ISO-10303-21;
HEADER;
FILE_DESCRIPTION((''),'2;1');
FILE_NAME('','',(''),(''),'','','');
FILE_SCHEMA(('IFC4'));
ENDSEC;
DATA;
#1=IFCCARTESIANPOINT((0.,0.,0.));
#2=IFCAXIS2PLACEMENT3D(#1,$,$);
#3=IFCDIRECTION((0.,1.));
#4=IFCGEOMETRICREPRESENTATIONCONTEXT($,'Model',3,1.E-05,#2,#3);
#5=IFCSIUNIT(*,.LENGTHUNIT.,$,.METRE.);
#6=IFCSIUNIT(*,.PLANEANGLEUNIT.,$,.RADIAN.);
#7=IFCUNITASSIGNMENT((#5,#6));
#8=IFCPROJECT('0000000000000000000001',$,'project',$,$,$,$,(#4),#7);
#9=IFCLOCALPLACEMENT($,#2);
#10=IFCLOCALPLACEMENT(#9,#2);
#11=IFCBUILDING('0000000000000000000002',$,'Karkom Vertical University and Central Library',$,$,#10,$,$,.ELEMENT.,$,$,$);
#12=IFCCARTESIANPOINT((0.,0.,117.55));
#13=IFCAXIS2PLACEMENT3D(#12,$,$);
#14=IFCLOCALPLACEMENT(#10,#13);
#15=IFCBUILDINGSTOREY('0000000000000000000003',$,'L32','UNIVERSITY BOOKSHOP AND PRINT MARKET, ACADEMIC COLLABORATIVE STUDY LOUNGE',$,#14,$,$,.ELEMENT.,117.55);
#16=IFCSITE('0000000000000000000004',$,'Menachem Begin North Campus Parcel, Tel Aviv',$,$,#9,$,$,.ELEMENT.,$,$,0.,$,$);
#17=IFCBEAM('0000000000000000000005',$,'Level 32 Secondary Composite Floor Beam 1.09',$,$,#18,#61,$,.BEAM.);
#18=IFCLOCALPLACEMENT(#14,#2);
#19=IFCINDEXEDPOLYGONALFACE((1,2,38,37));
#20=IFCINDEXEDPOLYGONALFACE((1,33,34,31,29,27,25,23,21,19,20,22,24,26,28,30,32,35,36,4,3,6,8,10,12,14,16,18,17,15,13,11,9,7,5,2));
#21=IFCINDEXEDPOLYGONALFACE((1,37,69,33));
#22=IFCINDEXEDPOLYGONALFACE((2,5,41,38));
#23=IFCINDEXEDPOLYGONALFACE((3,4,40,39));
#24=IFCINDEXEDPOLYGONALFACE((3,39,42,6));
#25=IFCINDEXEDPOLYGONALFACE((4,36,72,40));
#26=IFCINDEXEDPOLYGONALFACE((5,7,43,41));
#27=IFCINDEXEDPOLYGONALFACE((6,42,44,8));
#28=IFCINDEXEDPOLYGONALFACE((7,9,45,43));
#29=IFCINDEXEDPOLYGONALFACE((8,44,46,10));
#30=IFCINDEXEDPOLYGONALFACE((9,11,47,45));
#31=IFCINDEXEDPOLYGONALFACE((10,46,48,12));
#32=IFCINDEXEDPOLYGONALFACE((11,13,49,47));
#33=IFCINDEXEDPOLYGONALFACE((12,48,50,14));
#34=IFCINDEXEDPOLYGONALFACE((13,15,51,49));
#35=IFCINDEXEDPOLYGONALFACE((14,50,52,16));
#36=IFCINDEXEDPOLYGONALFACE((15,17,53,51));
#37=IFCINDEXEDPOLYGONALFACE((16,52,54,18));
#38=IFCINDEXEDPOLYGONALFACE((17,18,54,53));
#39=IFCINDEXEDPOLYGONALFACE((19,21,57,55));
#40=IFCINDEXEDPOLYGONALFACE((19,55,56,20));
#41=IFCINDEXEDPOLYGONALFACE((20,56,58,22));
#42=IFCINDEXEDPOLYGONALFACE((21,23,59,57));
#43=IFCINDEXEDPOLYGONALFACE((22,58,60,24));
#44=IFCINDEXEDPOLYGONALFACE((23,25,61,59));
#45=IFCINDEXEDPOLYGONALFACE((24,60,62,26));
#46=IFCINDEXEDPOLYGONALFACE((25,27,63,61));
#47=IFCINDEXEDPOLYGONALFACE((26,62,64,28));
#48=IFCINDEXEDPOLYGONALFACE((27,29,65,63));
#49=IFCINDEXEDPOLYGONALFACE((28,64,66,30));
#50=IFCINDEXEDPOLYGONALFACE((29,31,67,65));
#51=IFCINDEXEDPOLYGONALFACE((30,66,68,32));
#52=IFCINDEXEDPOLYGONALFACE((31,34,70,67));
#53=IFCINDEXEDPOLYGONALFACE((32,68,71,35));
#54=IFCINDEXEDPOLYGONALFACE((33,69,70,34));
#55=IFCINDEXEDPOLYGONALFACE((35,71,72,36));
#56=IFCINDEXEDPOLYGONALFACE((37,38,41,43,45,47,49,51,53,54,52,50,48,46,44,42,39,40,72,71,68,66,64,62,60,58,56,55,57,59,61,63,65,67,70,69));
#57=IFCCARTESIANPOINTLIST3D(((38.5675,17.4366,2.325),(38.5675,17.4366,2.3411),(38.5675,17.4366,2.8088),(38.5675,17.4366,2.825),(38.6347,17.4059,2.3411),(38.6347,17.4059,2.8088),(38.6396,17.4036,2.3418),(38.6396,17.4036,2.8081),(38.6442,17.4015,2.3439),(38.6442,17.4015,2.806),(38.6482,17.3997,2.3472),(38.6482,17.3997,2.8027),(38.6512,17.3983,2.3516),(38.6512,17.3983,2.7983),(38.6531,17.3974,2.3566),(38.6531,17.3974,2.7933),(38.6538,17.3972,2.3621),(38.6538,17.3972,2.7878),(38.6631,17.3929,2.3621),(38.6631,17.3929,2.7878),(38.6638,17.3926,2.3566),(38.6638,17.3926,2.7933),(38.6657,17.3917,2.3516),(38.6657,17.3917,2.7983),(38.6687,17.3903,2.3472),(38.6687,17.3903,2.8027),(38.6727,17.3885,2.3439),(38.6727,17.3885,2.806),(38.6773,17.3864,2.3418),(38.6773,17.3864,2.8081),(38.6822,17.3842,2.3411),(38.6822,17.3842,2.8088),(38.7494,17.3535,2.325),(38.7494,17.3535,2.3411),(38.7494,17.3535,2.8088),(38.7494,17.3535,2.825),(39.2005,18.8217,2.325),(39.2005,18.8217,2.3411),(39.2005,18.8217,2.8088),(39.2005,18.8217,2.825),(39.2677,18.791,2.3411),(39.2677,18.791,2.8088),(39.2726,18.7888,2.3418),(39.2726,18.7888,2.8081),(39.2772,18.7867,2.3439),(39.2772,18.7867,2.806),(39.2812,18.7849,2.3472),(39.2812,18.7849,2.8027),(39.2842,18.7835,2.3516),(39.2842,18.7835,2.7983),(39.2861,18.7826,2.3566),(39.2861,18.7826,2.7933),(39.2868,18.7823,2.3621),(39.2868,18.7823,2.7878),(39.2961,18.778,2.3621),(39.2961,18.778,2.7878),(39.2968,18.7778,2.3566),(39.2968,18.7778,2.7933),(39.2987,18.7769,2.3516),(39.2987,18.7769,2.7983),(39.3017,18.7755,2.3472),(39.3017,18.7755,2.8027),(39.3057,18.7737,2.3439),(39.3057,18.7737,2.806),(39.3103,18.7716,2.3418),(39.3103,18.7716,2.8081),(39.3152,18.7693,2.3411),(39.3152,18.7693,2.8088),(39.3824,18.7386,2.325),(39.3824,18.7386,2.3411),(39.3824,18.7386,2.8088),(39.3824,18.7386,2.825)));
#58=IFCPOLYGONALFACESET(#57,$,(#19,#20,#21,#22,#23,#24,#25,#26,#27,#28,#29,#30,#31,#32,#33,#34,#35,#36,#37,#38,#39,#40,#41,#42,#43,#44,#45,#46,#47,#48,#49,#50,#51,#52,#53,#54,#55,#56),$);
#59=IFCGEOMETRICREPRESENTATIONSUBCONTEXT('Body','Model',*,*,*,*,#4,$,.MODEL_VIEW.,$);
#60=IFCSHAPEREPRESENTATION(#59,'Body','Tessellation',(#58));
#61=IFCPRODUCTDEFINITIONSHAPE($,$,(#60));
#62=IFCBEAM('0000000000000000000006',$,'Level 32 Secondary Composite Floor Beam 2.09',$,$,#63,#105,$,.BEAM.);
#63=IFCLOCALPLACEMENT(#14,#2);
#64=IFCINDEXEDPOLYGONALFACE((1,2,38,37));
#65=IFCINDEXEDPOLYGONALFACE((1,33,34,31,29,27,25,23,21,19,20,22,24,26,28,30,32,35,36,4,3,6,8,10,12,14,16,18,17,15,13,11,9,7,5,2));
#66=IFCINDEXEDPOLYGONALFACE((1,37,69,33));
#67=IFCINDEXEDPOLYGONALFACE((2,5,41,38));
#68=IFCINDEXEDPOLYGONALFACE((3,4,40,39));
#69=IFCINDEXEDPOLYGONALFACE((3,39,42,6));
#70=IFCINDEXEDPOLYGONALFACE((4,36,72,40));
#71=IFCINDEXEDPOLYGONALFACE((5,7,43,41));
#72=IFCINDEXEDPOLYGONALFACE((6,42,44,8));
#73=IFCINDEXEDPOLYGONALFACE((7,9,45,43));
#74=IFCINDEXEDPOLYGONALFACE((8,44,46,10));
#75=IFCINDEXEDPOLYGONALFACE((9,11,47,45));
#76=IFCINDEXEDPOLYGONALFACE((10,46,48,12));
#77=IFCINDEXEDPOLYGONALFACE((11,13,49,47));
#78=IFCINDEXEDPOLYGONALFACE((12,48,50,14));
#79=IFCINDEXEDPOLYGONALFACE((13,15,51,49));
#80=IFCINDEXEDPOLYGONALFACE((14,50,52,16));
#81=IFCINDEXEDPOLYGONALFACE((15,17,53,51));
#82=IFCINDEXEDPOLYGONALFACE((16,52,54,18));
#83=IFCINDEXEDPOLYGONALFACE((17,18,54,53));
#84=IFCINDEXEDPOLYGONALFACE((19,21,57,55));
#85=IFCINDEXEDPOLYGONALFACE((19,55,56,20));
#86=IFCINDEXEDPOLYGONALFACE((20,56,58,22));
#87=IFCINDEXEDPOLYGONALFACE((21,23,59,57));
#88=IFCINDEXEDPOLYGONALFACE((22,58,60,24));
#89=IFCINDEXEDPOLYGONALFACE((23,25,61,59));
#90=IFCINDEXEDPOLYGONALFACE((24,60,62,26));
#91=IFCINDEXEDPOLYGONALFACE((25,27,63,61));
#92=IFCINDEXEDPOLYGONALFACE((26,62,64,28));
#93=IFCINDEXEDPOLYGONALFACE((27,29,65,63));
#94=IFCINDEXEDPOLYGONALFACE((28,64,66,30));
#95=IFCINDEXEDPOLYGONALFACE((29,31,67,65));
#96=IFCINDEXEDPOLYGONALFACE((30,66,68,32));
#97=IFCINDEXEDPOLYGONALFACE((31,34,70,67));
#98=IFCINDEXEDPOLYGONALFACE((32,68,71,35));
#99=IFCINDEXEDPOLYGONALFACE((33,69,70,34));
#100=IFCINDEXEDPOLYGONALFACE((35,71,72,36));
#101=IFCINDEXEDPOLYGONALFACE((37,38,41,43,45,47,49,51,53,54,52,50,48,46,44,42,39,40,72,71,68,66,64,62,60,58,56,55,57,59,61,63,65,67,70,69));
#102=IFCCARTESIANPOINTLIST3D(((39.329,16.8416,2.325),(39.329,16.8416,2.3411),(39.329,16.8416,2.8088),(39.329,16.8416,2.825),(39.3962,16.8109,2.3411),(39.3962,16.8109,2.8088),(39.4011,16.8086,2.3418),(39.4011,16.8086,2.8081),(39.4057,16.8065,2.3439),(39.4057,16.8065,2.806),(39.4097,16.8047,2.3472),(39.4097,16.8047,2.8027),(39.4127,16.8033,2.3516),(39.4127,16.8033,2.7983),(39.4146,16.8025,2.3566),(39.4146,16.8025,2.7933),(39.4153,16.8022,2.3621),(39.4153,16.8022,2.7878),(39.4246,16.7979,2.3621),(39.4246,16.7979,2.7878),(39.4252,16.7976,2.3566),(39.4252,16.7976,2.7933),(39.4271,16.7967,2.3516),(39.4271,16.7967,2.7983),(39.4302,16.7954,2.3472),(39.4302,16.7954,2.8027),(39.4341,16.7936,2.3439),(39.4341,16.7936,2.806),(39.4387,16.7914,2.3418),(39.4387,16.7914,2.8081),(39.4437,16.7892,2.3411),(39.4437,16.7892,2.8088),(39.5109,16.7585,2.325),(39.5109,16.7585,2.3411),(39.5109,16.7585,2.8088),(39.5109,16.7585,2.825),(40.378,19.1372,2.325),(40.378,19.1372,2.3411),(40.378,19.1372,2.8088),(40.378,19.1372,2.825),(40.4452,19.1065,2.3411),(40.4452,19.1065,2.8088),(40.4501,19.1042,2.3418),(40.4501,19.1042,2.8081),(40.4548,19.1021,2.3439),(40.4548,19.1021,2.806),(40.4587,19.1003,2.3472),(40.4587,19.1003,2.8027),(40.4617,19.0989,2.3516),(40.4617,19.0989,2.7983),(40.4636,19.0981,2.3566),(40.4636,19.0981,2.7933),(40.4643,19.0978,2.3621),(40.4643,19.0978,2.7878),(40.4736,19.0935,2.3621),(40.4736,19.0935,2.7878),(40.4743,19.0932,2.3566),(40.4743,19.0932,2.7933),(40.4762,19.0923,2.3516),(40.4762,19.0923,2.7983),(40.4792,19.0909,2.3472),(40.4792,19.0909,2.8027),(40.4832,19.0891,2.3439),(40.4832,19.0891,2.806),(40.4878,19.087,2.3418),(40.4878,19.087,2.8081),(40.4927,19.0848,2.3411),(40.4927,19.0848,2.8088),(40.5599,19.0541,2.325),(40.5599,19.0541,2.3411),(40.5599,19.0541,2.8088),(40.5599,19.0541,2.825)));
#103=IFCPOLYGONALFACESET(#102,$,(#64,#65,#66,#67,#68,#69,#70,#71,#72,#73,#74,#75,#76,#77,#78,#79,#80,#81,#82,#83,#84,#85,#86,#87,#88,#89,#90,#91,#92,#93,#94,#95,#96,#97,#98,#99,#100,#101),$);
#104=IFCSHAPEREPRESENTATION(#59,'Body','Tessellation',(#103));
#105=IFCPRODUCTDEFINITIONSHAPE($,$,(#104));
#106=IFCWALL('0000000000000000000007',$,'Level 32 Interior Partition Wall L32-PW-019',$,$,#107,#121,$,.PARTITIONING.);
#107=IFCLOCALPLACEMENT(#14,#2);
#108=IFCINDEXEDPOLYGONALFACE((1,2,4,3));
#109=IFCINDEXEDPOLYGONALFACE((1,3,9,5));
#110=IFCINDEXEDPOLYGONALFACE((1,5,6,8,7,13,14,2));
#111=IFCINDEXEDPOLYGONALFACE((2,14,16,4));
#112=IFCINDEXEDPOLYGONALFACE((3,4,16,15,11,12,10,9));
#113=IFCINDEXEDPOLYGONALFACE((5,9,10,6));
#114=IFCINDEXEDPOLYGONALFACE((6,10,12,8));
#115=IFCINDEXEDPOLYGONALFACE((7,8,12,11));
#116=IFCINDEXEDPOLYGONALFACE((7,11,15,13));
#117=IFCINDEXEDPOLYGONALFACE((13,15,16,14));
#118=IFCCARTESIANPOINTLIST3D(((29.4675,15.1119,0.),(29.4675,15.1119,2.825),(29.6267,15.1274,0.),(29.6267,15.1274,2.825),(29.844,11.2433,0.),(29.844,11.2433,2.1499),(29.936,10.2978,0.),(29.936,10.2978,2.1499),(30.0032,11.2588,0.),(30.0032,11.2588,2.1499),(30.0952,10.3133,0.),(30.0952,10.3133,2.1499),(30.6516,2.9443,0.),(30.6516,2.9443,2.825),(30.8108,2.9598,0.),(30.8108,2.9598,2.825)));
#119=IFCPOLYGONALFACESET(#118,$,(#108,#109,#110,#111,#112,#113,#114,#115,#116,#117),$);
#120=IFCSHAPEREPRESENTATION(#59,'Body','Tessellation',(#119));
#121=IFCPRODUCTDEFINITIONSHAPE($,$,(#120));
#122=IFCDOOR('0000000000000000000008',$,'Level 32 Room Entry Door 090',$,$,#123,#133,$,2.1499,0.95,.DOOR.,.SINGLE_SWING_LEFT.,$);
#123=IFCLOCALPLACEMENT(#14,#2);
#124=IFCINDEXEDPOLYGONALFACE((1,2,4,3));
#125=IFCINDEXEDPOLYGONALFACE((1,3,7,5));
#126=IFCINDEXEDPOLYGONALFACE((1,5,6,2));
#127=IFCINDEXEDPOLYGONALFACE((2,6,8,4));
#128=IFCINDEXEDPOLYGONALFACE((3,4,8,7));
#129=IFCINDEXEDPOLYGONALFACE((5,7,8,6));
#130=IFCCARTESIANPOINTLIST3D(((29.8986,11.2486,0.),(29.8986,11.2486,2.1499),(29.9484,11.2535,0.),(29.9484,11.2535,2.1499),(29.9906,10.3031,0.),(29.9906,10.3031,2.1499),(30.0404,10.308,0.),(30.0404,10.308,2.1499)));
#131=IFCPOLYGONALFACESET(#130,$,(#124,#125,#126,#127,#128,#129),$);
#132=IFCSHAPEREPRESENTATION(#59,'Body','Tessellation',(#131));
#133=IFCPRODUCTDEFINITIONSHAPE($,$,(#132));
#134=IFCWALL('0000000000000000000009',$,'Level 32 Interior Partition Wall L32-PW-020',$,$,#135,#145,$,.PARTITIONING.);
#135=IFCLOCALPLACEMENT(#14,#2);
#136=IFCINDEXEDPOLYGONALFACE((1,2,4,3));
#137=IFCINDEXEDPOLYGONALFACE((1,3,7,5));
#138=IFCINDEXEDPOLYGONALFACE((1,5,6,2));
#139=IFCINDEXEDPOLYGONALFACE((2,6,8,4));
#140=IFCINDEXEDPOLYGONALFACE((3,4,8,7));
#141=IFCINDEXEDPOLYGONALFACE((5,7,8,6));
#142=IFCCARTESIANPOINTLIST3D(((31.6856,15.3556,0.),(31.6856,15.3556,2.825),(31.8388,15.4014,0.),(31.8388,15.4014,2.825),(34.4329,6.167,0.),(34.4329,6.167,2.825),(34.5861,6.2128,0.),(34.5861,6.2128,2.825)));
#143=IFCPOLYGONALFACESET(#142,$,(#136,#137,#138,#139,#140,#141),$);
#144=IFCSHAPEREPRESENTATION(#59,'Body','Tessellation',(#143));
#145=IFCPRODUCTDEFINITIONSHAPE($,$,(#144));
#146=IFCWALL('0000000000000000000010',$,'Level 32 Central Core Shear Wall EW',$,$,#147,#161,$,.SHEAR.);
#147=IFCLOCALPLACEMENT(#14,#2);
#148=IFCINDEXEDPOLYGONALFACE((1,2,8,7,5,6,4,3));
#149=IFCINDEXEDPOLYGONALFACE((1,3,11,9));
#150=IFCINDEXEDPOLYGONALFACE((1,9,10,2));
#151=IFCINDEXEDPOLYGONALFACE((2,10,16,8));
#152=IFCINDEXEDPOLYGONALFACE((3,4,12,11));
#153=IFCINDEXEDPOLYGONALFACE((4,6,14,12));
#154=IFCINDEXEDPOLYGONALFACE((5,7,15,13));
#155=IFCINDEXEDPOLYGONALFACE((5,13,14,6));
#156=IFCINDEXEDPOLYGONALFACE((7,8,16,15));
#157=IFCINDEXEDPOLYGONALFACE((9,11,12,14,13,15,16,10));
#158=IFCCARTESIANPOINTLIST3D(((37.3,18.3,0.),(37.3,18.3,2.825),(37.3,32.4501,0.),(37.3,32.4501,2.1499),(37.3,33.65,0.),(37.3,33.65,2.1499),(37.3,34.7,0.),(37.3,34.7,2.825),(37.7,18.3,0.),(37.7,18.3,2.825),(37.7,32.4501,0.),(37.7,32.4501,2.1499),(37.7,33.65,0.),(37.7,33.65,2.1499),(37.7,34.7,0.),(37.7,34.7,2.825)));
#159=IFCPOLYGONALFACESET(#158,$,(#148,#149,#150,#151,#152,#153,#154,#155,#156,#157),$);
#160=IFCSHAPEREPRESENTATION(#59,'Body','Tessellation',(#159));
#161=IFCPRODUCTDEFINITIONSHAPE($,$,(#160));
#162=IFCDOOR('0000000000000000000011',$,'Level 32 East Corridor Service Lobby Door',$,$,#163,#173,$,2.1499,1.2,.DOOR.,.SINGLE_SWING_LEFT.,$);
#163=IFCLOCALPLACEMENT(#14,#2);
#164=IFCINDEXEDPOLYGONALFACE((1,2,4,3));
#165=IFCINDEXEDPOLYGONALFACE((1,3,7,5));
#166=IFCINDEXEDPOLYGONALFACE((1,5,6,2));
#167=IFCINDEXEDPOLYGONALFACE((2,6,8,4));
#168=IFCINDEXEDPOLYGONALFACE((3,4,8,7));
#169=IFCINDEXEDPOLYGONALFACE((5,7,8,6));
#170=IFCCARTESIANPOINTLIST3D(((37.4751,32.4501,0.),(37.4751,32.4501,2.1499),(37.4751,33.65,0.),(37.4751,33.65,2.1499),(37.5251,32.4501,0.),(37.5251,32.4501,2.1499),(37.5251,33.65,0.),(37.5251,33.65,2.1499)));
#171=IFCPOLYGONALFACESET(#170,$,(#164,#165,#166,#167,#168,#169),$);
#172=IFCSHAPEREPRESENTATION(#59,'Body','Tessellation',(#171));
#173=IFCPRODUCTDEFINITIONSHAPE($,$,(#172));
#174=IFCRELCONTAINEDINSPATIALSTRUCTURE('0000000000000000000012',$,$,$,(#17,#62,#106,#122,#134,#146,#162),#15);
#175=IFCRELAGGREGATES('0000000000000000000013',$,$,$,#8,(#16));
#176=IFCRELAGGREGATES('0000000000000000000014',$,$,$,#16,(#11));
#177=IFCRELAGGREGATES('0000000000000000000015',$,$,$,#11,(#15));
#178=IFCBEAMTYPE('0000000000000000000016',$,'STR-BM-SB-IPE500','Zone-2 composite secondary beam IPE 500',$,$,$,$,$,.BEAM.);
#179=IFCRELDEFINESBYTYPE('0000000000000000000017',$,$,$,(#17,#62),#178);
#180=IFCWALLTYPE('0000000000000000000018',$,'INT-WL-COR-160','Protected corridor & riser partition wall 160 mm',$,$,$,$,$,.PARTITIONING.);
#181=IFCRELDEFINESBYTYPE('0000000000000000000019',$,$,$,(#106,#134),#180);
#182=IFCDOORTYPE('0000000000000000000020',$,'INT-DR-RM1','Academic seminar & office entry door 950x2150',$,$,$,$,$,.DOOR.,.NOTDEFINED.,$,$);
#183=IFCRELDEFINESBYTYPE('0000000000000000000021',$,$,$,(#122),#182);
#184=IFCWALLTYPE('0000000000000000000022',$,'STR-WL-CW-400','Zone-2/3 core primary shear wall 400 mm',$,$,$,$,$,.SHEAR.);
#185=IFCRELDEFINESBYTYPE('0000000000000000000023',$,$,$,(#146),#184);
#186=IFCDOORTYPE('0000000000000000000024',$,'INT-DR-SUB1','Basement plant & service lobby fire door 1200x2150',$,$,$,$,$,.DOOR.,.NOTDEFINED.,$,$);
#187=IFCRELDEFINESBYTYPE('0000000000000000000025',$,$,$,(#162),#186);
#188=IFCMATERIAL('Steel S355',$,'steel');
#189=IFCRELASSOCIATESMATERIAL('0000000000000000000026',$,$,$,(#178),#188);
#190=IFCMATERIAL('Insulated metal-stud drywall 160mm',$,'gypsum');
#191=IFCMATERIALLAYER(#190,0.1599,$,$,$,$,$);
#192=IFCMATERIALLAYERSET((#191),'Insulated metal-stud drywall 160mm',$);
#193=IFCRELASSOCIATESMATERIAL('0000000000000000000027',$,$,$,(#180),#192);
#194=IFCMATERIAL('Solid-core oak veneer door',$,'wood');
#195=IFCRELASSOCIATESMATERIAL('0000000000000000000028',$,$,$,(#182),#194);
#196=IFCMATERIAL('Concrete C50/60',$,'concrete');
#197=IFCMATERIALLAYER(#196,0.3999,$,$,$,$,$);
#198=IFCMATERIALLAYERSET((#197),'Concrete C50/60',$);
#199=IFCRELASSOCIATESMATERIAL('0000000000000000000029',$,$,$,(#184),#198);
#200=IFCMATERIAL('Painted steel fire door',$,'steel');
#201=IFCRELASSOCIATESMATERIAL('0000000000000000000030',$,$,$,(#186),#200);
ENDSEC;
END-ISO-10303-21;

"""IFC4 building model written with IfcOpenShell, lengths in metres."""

from ifc_helpers import new_model, si_unit, direction, frame, frame_2d, origin, origin_with_axes, origin_2d, place, context, subcontext, project, spatial, rectangle, i_section, extrude, source, transform, mapped, material, layer, layer_set, material_profile, profile_set, type_object, element, fill, save


model = new_model("IFC4")

# Units and contexts
model_context = context("Model", 3, precision=1e-05, world=origin(), true_north=direction((0.0, 1.0)))
body_context = subcontext(model_context, "Body", "Model", "MODEL_VIEW")
ifc_project = project(units=[si_unit("LENGTHUNIT", "METRE"), si_unit("PLANEANGLEUNIT", "RADIAN")], contexts=[model_context])

# Site, building, storey
site_placement = place(None, origin())
site = spatial("IfcSite", under=ifc_project, at=site_placement, Name="Menachem Begin North Campus Parcel, Tel Aviv", CompositionType="ELEMENT", RefElevation=0.0)
building_placement = place(site_placement, origin())
building = spatial("IfcBuilding", under=site, at=building_placement, Name="Karkom Vertical University and Central Library", CompositionType="ELEMENT")
storey_placement = place(building_placement, frame((0.0, 0.0, 117.55)))
storey = spatial("IfcBuildingStorey", under=building, at=storey_placement, Name="L32", Description="UNIVERSITY BOOKSHOP AND PRINT MARKET, ACADEMIC COLLABORATIVE STUDY LOUNGE", CompositionType="ELEMENT", Elevation=117.55)

# Shared definitions
ifc_material_1 = material(Name="Concrete C50/60", Category="concrete")

# Beams
ifc_material_2 = material(Name="Steel S355", Category="steel")
ifc_material_profile_1 = material_profile(ifc_material_2, i_section(OverallWidth=0.2, OverallDepth=0.5, WebThickness=0.0103, FlangeThickness=0.0161, FilletRadius=0.021, at=origin_2d()), Name="IPE 500")
ifc_profile_set_1 = profile_set([ifc_material_profile_1], Name="Steel S355")
beam_type_1 = type_object("IfcBeamType", Name="STR-BM-SB-IPE500", Description="Zone-2 composite secondary beam IPE 500", PredefinedType="BEAM", material=ifc_profile_set_1)
shared_shape_1 = source(origin_with_axes(), body_context, "Body", "SweptSolid", [
    extrude(i_section(OverallWidth=0.2, OverallDepth=0.5, WebThickness=0.0103, FlangeThickness=0.0161, FilletRadius=0.021, at=origin_2d()), origin(), (0.0, 0.0, 1.0), 1.5229),
])
beam_1_placement = place(storey_placement, frame((38.6584, 17.395, 2.575), z_axis=(0.41565, 0.909525, 0.0), x_axis=(-0.909525, 0.41565, 0.0)))
element("IfcBeam", 1, at=beam_1_placement, inside=storey, type_object=beam_type_1, Name="Level 32 Secondary Composite Floor Beam 1.09", PredefinedType="BEAM", context=body_context, shape_type="MappedRepresentation", body=[
    mapped(shared_shape_1, transform((0.0, 0.0, 0.0), scale=1.0)),
])
shared_shape_2 = source(origin_with_axes(), body_context, "Body", "SweptSolid", [
    extrude(i_section(OverallWidth=0.2, OverallDepth=0.5, WebThickness=0.0103, FlangeThickness=0.0161, FilletRadius=0.021, at=origin_2d()), origin(), (0.0, 0.0, 1.0), 2.5239),
])
beam_2_placement = place(storey_placement, frame((39.4199, 16.8, 2.575), z_axis=(0.415639, 0.90953, 0.0), x_axis=(-0.90953, 0.415639, 0.0)))
element("IfcBeam", 2, at=beam_2_placement, inside=storey, type_object=beam_type_1, Name="Level 32 Secondary Composite Floor Beam 2.09", PredefinedType="BEAM", context=body_context, shape_type="MappedRepresentation", body=[
    mapped(shared_shape_2, transform((0.0, 0.0, 0.0), scale=1.0)),
])

# Wall, opening, door
ifc_material_3 = material(Name="Insulated metal-stud drywall 160mm", Category="gypsum")
ifc_layer_1 = layer(ifc_material_3, 0.1599)
ifc_layer_set_1 = layer_set([ifc_layer_1], Name="Insulated metal-stud drywall 160mm")
wall_type_1 = type_object("IfcWallType", Name="INT-WL-COR-160", Description="Protected corridor & riser partition wall 160 mm", PredefinedType="PARTITIONING", material=ifc_layer_set_1)
wall_1_placement = place(storey_placement, frame((29.5471, 15.1196, 0.0), z_axis=(0.0, 0.0, 1.0), x_axis=(0.096856, -0.995298, 0.0)))
wall_1 = element("IfcWall", 3, at=wall_1_placement, inside=storey, type_object=wall_type_1, Name="Level 32 Interior Partition Wall L32-PW-019", PredefinedType="PARTITIONING", context=body_context, shape_type="SweptSolid", body=[
    extrude(rectangle(XDim=12.2251, YDim=0.1599, at=frame_2d((6.1125, 0.0))), origin(), (0.0, 0.0, 1.0), 2.825),
])
opening_1_placement = place(wall_1_placement, frame((3.8867, 0.0, 0.0)))
opening_1 = element("IfcOpeningElement", 4, at=opening_1_placement, cuts=wall_1, PredefinedType="OPENING", context=body_context, shape_type="SweptSolid", body=[
    extrude(rectangle(XDim=0.95, YDim=2.1499, at=frame_2d((0.4751, 1.075))), frame((0.0, 0.0898, 0.0), z_axis=(0.0, -1.0, 0.0), x_axis=(1.0, 0.0, 0.0)), (0.0, 0.0, 1.0), 0.1799),
])
ifc_material_4 = material(Name="Solid-core oak veneer door", Category="wood")
door_type_1 = type_object("IfcDoorType", Name="INT-DR-RM1", Description="Academic seminar & office entry door 950x2150", OperationType="NOTDEFINED", PredefinedType="DOOR", material=ifc_material_4)
shared_shape_3 = source(origin_with_axes(), body_context, "Body", "SweptSolid", [
    extrude(rectangle(XDim=0.95, YDim=2.1499, at=frame_2d((0.4751, 1.075))), frame((0.0, 0.0249, 0.0), z_axis=(0.0, -1.0, 0.0), x_axis=(1.0, 0.0, 0.0)), (0.0, 0.0, 1.0), 0.05),
])
door_1_placement = place(opening_1_placement, origin())
door_1 = element("IfcDoor", 5, at=door_1_placement, inside=storey, type_object=door_type_1, Name="Level 32 Room Entry Door 090", OperationType="SINGLE_SWING_LEFT", OverallHeight=2.1499, OverallWidth=0.95, PredefinedType="DOOR", context=body_context, shape_type="MappedRepresentation", body=[
    mapped(shared_shape_3, transform((0.0, 0.0, 0.0), scale=1.0)),
])
fill(opening_1, door_1)

# Wall
wall_2_placement = place(storey_placement, frame((31.7622, 15.3787, 0.0), z_axis=(0.0, 0.0, 1.0), x_axis=(0.286458, -0.958093, 0.0)))
element("IfcWall", 6, at=wall_2_placement, inside=storey, type_object=wall_type_1, Name="Level 32 Interior Partition Wall L32-PW-020", PredefinedType="PARTITIONING", context=body_context, shape_type="SweptSolid", body=[
    extrude(rectangle(XDim=9.5906, YDim=0.1599, at=frame_2d((4.7954, 0.0))), origin(), (0.0, 0.0, 1.0), 2.825),
])

# Wall, opening, door
ifc_layer_2 = layer(ifc_material_1, 0.3999)
ifc_layer_set_2 = layer_set([ifc_layer_2], Name="Concrete C50/60")
wall_type_2 = type_object("IfcWallType", Name="STR-WL-CW-400", Description="Zone-2/3 core primary shear wall 400 mm", PredefinedType="SHEAR", material=ifc_layer_set_2)
wall_3_placement = place(storey_placement, frame((37.5, 18.3, 0.0), z_axis=(0.0, 0.0, 1.0), x_axis=(0.0, 1.0, 0.0)))
wall_3 = element("IfcWall", 7, at=wall_3_placement, inside=storey, type_object=wall_type_2, Name="Level 32 Central Core Shear Wall EW", PredefinedType="SHEAR", context=body_context, shape_type="SweptSolid", body=[
    extrude(rectangle(XDim=16.3999, YDim=0.3999, at=frame_2d((8.2, 0.0))), origin(), (0.0, 0.0, 1.0), 2.825),
])
opening_2_placement = place(wall_3_placement, frame((14.1499, 0.0, 0.0)))
opening_2 = element("IfcOpeningElement", 8, at=opening_2_placement, cuts=wall_3, PredefinedType="OPENING", context=body_context, shape_type="SweptSolid", body=[
    extrude(rectangle(XDim=1.2, YDim=2.1499, at=frame_2d((0.6001, 1.075))), frame((0.0, 0.21, 0.0), z_axis=(0.0, -1.0, 0.0), x_axis=(1.0, 0.0, 0.0)), (0.0, 0.0, 1.0), 0.4199),
])
ifc_material_5 = material(Name="Painted steel fire door", Category="steel")
door_type_2 = type_object("IfcDoorType", Name="INT-DR-SUB1", Description="Basement plant & service lobby fire door 1200x2150", OperationType="NOTDEFINED", PredefinedType="DOOR", material=ifc_material_5)
shared_shape_4 = source(origin_with_axes(), body_context, "Body", "SweptSolid", [
    extrude(rectangle(XDim=1.2, YDim=2.1499, at=frame_2d((0.6001, 1.075))), frame((0.0, 0.0249, 0.0), z_axis=(0.0, -1.0, 0.0), x_axis=(1.0, 0.0, 0.0)), (0.0, 0.0, 1.0), 0.05),
])
door_2_placement = place(opening_2_placement, origin())
door_2 = element("IfcDoor", 9, at=door_2_placement, inside=storey, type_object=door_type_2, Name="Level 32 East Corridor Service Lobby Door", OperationType="SINGLE_SWING_LEFT", OverallHeight=2.1499, OverallWidth=1.2, PredefinedType="DOOR", context=body_context, shape_type="MappedRepresentation", body=[
    mapped(shared_shape_4, transform((0.0, 0.0, 0.0), scale=1.0)),
])
fill(opening_2, door_2)

save(model, "model.ifc")
